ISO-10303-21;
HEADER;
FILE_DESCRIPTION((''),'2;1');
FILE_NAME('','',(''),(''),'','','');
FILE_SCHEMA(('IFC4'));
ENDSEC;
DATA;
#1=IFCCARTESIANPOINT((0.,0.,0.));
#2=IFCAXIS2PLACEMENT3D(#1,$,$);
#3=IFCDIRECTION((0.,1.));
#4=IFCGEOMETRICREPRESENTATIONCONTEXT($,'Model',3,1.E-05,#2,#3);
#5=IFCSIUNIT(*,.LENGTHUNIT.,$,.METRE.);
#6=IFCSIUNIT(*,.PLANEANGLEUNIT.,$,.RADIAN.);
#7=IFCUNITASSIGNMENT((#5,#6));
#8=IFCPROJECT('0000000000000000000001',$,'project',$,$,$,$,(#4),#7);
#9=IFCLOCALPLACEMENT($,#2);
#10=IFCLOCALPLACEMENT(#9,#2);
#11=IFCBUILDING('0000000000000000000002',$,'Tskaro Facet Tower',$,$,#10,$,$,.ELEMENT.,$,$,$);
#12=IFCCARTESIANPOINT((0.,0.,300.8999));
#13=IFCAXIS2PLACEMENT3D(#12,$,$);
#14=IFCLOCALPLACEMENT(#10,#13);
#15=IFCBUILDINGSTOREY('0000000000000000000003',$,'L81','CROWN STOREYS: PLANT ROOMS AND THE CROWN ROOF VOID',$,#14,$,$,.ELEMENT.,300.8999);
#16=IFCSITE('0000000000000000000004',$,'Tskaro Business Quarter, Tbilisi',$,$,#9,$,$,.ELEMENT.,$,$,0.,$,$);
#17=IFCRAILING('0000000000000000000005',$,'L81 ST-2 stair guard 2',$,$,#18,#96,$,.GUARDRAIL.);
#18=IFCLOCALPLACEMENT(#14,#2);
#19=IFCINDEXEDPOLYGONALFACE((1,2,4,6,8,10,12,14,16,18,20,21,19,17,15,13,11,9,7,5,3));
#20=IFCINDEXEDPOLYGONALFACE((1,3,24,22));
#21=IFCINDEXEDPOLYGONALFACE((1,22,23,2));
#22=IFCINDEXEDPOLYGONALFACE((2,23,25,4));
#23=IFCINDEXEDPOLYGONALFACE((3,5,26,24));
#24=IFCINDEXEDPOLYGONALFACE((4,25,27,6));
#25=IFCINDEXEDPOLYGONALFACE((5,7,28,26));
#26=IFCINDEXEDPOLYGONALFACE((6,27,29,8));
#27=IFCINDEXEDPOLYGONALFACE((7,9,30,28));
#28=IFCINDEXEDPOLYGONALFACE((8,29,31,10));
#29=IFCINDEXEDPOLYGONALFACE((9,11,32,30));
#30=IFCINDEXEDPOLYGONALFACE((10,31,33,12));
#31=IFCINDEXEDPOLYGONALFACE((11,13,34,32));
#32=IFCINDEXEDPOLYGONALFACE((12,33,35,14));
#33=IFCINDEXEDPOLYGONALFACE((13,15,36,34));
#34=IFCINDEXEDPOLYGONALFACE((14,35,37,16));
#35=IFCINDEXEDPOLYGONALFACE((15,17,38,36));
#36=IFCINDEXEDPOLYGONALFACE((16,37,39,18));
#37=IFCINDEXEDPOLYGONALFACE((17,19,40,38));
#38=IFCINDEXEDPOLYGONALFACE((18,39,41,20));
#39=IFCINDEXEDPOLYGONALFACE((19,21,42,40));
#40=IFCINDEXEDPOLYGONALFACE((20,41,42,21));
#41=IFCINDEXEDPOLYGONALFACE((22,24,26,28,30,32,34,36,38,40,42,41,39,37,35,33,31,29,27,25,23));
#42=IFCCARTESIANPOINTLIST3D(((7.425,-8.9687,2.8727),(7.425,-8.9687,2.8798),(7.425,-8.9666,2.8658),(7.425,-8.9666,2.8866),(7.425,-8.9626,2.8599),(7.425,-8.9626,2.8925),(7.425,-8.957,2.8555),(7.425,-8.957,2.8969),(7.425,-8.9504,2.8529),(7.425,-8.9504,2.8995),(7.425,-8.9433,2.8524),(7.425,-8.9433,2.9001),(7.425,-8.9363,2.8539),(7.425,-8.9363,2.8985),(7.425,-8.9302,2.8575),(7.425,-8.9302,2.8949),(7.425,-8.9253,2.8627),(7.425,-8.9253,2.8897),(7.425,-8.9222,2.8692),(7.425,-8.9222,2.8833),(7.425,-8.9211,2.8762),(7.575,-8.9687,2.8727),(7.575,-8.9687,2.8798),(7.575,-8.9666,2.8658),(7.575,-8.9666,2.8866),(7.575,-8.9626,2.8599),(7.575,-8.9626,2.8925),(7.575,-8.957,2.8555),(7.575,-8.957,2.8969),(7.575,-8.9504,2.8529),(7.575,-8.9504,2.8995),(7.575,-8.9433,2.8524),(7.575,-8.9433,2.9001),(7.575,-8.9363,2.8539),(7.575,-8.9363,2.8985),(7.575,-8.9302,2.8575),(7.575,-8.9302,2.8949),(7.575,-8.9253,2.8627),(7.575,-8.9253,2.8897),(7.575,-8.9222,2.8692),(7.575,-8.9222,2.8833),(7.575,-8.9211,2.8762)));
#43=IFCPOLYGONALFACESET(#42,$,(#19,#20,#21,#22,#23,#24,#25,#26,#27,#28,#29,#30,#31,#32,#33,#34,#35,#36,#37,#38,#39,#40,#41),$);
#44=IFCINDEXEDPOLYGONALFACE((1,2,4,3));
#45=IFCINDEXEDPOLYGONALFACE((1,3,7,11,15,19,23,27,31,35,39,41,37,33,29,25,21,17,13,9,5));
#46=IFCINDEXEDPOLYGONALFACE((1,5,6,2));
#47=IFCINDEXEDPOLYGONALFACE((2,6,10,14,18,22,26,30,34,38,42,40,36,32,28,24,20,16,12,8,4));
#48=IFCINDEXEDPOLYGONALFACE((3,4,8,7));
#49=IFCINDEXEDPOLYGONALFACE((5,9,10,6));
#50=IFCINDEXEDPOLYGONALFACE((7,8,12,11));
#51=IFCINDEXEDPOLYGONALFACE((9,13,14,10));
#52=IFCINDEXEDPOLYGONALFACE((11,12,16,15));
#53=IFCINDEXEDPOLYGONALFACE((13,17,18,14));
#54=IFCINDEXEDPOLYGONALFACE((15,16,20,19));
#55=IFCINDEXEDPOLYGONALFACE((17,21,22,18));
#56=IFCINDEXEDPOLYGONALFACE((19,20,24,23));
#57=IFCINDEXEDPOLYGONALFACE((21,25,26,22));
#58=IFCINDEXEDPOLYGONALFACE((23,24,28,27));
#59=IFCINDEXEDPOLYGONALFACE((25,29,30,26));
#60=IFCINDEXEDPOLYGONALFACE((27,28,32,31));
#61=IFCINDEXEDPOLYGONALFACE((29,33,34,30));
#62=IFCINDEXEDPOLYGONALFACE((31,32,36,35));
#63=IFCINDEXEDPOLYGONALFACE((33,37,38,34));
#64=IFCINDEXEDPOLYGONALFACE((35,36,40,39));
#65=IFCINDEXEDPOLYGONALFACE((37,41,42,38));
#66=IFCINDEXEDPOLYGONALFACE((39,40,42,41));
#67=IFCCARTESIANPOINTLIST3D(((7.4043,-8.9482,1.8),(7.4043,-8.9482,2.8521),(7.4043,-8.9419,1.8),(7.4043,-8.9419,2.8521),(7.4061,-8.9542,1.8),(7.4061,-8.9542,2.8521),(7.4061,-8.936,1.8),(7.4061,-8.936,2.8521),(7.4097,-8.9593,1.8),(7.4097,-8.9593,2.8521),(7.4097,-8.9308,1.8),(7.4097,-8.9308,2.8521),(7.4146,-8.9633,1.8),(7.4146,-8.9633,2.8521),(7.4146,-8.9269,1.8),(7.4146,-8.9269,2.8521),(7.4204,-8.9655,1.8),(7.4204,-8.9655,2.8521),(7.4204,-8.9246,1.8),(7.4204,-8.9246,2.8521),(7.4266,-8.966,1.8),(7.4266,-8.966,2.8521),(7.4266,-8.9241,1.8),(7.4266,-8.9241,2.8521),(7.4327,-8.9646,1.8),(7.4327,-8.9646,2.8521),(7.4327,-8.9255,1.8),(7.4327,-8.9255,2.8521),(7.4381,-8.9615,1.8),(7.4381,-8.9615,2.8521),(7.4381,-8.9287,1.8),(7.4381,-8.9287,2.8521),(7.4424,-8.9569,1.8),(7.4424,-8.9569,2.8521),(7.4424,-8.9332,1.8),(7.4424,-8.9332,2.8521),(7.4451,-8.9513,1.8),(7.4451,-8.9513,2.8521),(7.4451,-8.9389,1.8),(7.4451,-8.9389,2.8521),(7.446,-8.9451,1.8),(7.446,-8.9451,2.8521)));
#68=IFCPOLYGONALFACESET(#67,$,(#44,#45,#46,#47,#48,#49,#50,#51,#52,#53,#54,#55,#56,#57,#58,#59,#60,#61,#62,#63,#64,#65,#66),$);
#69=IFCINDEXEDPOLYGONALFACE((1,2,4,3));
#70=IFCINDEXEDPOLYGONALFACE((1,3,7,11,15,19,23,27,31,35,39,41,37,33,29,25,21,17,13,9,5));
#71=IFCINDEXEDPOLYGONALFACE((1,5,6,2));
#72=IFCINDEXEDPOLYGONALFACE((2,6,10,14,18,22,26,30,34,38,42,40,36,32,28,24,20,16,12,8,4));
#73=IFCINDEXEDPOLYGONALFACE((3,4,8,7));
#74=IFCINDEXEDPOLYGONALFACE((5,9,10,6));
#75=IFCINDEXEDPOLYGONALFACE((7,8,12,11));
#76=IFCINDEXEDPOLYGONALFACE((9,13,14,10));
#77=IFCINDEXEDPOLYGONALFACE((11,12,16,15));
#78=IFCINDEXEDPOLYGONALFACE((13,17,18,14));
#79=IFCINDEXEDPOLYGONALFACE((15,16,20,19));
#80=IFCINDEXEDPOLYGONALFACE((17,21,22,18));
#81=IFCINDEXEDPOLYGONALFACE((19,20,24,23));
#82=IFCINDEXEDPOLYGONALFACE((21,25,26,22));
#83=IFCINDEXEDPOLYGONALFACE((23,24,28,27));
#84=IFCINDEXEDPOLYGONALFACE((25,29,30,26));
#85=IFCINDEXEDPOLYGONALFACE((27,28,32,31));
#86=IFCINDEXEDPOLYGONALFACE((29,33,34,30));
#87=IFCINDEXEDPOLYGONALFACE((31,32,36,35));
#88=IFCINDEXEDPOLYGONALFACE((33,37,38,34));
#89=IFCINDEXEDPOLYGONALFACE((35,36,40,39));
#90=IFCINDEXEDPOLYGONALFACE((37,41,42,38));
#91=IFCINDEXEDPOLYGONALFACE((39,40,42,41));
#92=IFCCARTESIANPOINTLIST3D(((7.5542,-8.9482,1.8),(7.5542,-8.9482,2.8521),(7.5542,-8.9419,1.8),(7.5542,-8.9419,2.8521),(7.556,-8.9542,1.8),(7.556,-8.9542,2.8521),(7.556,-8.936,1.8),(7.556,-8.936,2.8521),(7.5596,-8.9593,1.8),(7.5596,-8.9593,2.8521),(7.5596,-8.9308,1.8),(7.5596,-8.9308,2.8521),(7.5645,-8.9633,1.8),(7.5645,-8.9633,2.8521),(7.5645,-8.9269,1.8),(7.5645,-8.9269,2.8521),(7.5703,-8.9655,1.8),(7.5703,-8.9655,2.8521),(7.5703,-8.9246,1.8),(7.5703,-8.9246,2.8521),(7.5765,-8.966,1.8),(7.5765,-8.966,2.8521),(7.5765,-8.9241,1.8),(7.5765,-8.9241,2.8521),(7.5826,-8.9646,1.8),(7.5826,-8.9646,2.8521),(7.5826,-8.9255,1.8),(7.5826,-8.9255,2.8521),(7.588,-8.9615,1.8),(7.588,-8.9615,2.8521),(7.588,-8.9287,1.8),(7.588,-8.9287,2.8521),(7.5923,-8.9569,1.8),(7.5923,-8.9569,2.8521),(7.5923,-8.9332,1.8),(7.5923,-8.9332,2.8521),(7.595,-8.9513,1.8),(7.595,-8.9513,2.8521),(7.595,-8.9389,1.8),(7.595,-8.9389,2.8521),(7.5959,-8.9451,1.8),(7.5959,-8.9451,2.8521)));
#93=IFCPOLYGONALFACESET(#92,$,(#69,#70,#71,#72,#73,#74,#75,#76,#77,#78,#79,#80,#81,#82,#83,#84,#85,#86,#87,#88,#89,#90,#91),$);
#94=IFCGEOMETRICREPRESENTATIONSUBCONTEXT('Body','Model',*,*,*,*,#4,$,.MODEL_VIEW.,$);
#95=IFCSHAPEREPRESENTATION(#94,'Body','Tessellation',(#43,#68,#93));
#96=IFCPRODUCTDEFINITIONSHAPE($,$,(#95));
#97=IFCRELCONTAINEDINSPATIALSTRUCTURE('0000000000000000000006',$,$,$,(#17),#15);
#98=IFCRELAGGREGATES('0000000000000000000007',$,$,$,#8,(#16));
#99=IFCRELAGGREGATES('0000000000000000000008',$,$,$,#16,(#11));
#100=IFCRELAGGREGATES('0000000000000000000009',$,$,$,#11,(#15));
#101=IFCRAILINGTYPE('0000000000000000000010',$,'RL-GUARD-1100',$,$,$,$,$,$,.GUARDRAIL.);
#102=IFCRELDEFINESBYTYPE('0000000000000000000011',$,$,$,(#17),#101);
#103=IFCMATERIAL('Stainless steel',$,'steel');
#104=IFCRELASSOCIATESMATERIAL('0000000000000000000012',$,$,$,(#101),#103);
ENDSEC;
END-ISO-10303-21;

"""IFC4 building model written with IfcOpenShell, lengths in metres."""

from ifc_helpers import new_model, si_unit, direction, frame, origin, origin_2d, place, context, subcontext, project, spatial, circle, extrude, material, type_object, element, save


model = new_model("IFC4")

# Units and contexts
model_context = context("Model", 3, precision=1e-05, world=origin(), true_north=direction((0.0, 1.0)))
body_context = subcontext(model_context, "Body", "Model", "MODEL_VIEW")
ifc_project = project(units=[si_unit("LENGTHUNIT", "METRE"), si_unit("PLANEANGLEUNIT", "RADIAN")], contexts=[model_context])

# Site, building, storey
site_placement = place(None, origin())
site = spatial("IfcSite", under=ifc_project, at=site_placement, Name="Tskaro Business Quarter, Tbilisi", CompositionType="ELEMENT", RefElevation=0.0)
building_placement = place(site_placement, origin())
building = spatial("IfcBuilding", under=site, at=building_placement, Name="Tskaro Facet Tower", CompositionType="ELEMENT")
storey_placement = place(building_placement, frame((0.0, 0.0, 300.8999)))
storey = spatial("IfcBuildingStorey", under=building, at=storey_placement, Name="L81", Description="CROWN STOREYS: PLANT ROOMS AND THE CROWN ROOF VOID", CompositionType="ELEMENT", Elevation=300.8999)

# Railing
ifc_material_1 = material(Name="Stainless steel", Category="steel")
railing_type_1 = type_object("IfcRailingType", Name="RL-GUARD-1100", PredefinedType="GUARDRAIL", material=ifc_material_1)
railing_1_placement = place(storey_placement, frame((7.425, -8.9451, 1.8)))
element("IfcRailing", 1, at=railing_1_placement, inside=storey, type_object=railing_type_1, Name="L81 ST-2 stair guard 2", PredefinedType="GUARDRAIL", context=body_context, shape_type="SweptSolid", body=[
    extrude(circle(Radius=0.0239, at=origin_2d()), frame((0.0, 0.0, 1.0762), z_axis=(1.0, 0.0, 0.0), x_axis=(0.0, 1.0, 0.0)), (0.0, 0.0, 1.0), 0.1499),
    extrude(circle(Radius=0.021, at=origin_2d()), origin(), (0.0, 0.0, 1.0), 1.052),
    extrude(circle(Radius=0.021, at=origin_2d()), frame((0.1499, 0.0, 0.0)), (0.0, 0.0, 1.0), 1.052),
])

save(model, "model.ifc")
